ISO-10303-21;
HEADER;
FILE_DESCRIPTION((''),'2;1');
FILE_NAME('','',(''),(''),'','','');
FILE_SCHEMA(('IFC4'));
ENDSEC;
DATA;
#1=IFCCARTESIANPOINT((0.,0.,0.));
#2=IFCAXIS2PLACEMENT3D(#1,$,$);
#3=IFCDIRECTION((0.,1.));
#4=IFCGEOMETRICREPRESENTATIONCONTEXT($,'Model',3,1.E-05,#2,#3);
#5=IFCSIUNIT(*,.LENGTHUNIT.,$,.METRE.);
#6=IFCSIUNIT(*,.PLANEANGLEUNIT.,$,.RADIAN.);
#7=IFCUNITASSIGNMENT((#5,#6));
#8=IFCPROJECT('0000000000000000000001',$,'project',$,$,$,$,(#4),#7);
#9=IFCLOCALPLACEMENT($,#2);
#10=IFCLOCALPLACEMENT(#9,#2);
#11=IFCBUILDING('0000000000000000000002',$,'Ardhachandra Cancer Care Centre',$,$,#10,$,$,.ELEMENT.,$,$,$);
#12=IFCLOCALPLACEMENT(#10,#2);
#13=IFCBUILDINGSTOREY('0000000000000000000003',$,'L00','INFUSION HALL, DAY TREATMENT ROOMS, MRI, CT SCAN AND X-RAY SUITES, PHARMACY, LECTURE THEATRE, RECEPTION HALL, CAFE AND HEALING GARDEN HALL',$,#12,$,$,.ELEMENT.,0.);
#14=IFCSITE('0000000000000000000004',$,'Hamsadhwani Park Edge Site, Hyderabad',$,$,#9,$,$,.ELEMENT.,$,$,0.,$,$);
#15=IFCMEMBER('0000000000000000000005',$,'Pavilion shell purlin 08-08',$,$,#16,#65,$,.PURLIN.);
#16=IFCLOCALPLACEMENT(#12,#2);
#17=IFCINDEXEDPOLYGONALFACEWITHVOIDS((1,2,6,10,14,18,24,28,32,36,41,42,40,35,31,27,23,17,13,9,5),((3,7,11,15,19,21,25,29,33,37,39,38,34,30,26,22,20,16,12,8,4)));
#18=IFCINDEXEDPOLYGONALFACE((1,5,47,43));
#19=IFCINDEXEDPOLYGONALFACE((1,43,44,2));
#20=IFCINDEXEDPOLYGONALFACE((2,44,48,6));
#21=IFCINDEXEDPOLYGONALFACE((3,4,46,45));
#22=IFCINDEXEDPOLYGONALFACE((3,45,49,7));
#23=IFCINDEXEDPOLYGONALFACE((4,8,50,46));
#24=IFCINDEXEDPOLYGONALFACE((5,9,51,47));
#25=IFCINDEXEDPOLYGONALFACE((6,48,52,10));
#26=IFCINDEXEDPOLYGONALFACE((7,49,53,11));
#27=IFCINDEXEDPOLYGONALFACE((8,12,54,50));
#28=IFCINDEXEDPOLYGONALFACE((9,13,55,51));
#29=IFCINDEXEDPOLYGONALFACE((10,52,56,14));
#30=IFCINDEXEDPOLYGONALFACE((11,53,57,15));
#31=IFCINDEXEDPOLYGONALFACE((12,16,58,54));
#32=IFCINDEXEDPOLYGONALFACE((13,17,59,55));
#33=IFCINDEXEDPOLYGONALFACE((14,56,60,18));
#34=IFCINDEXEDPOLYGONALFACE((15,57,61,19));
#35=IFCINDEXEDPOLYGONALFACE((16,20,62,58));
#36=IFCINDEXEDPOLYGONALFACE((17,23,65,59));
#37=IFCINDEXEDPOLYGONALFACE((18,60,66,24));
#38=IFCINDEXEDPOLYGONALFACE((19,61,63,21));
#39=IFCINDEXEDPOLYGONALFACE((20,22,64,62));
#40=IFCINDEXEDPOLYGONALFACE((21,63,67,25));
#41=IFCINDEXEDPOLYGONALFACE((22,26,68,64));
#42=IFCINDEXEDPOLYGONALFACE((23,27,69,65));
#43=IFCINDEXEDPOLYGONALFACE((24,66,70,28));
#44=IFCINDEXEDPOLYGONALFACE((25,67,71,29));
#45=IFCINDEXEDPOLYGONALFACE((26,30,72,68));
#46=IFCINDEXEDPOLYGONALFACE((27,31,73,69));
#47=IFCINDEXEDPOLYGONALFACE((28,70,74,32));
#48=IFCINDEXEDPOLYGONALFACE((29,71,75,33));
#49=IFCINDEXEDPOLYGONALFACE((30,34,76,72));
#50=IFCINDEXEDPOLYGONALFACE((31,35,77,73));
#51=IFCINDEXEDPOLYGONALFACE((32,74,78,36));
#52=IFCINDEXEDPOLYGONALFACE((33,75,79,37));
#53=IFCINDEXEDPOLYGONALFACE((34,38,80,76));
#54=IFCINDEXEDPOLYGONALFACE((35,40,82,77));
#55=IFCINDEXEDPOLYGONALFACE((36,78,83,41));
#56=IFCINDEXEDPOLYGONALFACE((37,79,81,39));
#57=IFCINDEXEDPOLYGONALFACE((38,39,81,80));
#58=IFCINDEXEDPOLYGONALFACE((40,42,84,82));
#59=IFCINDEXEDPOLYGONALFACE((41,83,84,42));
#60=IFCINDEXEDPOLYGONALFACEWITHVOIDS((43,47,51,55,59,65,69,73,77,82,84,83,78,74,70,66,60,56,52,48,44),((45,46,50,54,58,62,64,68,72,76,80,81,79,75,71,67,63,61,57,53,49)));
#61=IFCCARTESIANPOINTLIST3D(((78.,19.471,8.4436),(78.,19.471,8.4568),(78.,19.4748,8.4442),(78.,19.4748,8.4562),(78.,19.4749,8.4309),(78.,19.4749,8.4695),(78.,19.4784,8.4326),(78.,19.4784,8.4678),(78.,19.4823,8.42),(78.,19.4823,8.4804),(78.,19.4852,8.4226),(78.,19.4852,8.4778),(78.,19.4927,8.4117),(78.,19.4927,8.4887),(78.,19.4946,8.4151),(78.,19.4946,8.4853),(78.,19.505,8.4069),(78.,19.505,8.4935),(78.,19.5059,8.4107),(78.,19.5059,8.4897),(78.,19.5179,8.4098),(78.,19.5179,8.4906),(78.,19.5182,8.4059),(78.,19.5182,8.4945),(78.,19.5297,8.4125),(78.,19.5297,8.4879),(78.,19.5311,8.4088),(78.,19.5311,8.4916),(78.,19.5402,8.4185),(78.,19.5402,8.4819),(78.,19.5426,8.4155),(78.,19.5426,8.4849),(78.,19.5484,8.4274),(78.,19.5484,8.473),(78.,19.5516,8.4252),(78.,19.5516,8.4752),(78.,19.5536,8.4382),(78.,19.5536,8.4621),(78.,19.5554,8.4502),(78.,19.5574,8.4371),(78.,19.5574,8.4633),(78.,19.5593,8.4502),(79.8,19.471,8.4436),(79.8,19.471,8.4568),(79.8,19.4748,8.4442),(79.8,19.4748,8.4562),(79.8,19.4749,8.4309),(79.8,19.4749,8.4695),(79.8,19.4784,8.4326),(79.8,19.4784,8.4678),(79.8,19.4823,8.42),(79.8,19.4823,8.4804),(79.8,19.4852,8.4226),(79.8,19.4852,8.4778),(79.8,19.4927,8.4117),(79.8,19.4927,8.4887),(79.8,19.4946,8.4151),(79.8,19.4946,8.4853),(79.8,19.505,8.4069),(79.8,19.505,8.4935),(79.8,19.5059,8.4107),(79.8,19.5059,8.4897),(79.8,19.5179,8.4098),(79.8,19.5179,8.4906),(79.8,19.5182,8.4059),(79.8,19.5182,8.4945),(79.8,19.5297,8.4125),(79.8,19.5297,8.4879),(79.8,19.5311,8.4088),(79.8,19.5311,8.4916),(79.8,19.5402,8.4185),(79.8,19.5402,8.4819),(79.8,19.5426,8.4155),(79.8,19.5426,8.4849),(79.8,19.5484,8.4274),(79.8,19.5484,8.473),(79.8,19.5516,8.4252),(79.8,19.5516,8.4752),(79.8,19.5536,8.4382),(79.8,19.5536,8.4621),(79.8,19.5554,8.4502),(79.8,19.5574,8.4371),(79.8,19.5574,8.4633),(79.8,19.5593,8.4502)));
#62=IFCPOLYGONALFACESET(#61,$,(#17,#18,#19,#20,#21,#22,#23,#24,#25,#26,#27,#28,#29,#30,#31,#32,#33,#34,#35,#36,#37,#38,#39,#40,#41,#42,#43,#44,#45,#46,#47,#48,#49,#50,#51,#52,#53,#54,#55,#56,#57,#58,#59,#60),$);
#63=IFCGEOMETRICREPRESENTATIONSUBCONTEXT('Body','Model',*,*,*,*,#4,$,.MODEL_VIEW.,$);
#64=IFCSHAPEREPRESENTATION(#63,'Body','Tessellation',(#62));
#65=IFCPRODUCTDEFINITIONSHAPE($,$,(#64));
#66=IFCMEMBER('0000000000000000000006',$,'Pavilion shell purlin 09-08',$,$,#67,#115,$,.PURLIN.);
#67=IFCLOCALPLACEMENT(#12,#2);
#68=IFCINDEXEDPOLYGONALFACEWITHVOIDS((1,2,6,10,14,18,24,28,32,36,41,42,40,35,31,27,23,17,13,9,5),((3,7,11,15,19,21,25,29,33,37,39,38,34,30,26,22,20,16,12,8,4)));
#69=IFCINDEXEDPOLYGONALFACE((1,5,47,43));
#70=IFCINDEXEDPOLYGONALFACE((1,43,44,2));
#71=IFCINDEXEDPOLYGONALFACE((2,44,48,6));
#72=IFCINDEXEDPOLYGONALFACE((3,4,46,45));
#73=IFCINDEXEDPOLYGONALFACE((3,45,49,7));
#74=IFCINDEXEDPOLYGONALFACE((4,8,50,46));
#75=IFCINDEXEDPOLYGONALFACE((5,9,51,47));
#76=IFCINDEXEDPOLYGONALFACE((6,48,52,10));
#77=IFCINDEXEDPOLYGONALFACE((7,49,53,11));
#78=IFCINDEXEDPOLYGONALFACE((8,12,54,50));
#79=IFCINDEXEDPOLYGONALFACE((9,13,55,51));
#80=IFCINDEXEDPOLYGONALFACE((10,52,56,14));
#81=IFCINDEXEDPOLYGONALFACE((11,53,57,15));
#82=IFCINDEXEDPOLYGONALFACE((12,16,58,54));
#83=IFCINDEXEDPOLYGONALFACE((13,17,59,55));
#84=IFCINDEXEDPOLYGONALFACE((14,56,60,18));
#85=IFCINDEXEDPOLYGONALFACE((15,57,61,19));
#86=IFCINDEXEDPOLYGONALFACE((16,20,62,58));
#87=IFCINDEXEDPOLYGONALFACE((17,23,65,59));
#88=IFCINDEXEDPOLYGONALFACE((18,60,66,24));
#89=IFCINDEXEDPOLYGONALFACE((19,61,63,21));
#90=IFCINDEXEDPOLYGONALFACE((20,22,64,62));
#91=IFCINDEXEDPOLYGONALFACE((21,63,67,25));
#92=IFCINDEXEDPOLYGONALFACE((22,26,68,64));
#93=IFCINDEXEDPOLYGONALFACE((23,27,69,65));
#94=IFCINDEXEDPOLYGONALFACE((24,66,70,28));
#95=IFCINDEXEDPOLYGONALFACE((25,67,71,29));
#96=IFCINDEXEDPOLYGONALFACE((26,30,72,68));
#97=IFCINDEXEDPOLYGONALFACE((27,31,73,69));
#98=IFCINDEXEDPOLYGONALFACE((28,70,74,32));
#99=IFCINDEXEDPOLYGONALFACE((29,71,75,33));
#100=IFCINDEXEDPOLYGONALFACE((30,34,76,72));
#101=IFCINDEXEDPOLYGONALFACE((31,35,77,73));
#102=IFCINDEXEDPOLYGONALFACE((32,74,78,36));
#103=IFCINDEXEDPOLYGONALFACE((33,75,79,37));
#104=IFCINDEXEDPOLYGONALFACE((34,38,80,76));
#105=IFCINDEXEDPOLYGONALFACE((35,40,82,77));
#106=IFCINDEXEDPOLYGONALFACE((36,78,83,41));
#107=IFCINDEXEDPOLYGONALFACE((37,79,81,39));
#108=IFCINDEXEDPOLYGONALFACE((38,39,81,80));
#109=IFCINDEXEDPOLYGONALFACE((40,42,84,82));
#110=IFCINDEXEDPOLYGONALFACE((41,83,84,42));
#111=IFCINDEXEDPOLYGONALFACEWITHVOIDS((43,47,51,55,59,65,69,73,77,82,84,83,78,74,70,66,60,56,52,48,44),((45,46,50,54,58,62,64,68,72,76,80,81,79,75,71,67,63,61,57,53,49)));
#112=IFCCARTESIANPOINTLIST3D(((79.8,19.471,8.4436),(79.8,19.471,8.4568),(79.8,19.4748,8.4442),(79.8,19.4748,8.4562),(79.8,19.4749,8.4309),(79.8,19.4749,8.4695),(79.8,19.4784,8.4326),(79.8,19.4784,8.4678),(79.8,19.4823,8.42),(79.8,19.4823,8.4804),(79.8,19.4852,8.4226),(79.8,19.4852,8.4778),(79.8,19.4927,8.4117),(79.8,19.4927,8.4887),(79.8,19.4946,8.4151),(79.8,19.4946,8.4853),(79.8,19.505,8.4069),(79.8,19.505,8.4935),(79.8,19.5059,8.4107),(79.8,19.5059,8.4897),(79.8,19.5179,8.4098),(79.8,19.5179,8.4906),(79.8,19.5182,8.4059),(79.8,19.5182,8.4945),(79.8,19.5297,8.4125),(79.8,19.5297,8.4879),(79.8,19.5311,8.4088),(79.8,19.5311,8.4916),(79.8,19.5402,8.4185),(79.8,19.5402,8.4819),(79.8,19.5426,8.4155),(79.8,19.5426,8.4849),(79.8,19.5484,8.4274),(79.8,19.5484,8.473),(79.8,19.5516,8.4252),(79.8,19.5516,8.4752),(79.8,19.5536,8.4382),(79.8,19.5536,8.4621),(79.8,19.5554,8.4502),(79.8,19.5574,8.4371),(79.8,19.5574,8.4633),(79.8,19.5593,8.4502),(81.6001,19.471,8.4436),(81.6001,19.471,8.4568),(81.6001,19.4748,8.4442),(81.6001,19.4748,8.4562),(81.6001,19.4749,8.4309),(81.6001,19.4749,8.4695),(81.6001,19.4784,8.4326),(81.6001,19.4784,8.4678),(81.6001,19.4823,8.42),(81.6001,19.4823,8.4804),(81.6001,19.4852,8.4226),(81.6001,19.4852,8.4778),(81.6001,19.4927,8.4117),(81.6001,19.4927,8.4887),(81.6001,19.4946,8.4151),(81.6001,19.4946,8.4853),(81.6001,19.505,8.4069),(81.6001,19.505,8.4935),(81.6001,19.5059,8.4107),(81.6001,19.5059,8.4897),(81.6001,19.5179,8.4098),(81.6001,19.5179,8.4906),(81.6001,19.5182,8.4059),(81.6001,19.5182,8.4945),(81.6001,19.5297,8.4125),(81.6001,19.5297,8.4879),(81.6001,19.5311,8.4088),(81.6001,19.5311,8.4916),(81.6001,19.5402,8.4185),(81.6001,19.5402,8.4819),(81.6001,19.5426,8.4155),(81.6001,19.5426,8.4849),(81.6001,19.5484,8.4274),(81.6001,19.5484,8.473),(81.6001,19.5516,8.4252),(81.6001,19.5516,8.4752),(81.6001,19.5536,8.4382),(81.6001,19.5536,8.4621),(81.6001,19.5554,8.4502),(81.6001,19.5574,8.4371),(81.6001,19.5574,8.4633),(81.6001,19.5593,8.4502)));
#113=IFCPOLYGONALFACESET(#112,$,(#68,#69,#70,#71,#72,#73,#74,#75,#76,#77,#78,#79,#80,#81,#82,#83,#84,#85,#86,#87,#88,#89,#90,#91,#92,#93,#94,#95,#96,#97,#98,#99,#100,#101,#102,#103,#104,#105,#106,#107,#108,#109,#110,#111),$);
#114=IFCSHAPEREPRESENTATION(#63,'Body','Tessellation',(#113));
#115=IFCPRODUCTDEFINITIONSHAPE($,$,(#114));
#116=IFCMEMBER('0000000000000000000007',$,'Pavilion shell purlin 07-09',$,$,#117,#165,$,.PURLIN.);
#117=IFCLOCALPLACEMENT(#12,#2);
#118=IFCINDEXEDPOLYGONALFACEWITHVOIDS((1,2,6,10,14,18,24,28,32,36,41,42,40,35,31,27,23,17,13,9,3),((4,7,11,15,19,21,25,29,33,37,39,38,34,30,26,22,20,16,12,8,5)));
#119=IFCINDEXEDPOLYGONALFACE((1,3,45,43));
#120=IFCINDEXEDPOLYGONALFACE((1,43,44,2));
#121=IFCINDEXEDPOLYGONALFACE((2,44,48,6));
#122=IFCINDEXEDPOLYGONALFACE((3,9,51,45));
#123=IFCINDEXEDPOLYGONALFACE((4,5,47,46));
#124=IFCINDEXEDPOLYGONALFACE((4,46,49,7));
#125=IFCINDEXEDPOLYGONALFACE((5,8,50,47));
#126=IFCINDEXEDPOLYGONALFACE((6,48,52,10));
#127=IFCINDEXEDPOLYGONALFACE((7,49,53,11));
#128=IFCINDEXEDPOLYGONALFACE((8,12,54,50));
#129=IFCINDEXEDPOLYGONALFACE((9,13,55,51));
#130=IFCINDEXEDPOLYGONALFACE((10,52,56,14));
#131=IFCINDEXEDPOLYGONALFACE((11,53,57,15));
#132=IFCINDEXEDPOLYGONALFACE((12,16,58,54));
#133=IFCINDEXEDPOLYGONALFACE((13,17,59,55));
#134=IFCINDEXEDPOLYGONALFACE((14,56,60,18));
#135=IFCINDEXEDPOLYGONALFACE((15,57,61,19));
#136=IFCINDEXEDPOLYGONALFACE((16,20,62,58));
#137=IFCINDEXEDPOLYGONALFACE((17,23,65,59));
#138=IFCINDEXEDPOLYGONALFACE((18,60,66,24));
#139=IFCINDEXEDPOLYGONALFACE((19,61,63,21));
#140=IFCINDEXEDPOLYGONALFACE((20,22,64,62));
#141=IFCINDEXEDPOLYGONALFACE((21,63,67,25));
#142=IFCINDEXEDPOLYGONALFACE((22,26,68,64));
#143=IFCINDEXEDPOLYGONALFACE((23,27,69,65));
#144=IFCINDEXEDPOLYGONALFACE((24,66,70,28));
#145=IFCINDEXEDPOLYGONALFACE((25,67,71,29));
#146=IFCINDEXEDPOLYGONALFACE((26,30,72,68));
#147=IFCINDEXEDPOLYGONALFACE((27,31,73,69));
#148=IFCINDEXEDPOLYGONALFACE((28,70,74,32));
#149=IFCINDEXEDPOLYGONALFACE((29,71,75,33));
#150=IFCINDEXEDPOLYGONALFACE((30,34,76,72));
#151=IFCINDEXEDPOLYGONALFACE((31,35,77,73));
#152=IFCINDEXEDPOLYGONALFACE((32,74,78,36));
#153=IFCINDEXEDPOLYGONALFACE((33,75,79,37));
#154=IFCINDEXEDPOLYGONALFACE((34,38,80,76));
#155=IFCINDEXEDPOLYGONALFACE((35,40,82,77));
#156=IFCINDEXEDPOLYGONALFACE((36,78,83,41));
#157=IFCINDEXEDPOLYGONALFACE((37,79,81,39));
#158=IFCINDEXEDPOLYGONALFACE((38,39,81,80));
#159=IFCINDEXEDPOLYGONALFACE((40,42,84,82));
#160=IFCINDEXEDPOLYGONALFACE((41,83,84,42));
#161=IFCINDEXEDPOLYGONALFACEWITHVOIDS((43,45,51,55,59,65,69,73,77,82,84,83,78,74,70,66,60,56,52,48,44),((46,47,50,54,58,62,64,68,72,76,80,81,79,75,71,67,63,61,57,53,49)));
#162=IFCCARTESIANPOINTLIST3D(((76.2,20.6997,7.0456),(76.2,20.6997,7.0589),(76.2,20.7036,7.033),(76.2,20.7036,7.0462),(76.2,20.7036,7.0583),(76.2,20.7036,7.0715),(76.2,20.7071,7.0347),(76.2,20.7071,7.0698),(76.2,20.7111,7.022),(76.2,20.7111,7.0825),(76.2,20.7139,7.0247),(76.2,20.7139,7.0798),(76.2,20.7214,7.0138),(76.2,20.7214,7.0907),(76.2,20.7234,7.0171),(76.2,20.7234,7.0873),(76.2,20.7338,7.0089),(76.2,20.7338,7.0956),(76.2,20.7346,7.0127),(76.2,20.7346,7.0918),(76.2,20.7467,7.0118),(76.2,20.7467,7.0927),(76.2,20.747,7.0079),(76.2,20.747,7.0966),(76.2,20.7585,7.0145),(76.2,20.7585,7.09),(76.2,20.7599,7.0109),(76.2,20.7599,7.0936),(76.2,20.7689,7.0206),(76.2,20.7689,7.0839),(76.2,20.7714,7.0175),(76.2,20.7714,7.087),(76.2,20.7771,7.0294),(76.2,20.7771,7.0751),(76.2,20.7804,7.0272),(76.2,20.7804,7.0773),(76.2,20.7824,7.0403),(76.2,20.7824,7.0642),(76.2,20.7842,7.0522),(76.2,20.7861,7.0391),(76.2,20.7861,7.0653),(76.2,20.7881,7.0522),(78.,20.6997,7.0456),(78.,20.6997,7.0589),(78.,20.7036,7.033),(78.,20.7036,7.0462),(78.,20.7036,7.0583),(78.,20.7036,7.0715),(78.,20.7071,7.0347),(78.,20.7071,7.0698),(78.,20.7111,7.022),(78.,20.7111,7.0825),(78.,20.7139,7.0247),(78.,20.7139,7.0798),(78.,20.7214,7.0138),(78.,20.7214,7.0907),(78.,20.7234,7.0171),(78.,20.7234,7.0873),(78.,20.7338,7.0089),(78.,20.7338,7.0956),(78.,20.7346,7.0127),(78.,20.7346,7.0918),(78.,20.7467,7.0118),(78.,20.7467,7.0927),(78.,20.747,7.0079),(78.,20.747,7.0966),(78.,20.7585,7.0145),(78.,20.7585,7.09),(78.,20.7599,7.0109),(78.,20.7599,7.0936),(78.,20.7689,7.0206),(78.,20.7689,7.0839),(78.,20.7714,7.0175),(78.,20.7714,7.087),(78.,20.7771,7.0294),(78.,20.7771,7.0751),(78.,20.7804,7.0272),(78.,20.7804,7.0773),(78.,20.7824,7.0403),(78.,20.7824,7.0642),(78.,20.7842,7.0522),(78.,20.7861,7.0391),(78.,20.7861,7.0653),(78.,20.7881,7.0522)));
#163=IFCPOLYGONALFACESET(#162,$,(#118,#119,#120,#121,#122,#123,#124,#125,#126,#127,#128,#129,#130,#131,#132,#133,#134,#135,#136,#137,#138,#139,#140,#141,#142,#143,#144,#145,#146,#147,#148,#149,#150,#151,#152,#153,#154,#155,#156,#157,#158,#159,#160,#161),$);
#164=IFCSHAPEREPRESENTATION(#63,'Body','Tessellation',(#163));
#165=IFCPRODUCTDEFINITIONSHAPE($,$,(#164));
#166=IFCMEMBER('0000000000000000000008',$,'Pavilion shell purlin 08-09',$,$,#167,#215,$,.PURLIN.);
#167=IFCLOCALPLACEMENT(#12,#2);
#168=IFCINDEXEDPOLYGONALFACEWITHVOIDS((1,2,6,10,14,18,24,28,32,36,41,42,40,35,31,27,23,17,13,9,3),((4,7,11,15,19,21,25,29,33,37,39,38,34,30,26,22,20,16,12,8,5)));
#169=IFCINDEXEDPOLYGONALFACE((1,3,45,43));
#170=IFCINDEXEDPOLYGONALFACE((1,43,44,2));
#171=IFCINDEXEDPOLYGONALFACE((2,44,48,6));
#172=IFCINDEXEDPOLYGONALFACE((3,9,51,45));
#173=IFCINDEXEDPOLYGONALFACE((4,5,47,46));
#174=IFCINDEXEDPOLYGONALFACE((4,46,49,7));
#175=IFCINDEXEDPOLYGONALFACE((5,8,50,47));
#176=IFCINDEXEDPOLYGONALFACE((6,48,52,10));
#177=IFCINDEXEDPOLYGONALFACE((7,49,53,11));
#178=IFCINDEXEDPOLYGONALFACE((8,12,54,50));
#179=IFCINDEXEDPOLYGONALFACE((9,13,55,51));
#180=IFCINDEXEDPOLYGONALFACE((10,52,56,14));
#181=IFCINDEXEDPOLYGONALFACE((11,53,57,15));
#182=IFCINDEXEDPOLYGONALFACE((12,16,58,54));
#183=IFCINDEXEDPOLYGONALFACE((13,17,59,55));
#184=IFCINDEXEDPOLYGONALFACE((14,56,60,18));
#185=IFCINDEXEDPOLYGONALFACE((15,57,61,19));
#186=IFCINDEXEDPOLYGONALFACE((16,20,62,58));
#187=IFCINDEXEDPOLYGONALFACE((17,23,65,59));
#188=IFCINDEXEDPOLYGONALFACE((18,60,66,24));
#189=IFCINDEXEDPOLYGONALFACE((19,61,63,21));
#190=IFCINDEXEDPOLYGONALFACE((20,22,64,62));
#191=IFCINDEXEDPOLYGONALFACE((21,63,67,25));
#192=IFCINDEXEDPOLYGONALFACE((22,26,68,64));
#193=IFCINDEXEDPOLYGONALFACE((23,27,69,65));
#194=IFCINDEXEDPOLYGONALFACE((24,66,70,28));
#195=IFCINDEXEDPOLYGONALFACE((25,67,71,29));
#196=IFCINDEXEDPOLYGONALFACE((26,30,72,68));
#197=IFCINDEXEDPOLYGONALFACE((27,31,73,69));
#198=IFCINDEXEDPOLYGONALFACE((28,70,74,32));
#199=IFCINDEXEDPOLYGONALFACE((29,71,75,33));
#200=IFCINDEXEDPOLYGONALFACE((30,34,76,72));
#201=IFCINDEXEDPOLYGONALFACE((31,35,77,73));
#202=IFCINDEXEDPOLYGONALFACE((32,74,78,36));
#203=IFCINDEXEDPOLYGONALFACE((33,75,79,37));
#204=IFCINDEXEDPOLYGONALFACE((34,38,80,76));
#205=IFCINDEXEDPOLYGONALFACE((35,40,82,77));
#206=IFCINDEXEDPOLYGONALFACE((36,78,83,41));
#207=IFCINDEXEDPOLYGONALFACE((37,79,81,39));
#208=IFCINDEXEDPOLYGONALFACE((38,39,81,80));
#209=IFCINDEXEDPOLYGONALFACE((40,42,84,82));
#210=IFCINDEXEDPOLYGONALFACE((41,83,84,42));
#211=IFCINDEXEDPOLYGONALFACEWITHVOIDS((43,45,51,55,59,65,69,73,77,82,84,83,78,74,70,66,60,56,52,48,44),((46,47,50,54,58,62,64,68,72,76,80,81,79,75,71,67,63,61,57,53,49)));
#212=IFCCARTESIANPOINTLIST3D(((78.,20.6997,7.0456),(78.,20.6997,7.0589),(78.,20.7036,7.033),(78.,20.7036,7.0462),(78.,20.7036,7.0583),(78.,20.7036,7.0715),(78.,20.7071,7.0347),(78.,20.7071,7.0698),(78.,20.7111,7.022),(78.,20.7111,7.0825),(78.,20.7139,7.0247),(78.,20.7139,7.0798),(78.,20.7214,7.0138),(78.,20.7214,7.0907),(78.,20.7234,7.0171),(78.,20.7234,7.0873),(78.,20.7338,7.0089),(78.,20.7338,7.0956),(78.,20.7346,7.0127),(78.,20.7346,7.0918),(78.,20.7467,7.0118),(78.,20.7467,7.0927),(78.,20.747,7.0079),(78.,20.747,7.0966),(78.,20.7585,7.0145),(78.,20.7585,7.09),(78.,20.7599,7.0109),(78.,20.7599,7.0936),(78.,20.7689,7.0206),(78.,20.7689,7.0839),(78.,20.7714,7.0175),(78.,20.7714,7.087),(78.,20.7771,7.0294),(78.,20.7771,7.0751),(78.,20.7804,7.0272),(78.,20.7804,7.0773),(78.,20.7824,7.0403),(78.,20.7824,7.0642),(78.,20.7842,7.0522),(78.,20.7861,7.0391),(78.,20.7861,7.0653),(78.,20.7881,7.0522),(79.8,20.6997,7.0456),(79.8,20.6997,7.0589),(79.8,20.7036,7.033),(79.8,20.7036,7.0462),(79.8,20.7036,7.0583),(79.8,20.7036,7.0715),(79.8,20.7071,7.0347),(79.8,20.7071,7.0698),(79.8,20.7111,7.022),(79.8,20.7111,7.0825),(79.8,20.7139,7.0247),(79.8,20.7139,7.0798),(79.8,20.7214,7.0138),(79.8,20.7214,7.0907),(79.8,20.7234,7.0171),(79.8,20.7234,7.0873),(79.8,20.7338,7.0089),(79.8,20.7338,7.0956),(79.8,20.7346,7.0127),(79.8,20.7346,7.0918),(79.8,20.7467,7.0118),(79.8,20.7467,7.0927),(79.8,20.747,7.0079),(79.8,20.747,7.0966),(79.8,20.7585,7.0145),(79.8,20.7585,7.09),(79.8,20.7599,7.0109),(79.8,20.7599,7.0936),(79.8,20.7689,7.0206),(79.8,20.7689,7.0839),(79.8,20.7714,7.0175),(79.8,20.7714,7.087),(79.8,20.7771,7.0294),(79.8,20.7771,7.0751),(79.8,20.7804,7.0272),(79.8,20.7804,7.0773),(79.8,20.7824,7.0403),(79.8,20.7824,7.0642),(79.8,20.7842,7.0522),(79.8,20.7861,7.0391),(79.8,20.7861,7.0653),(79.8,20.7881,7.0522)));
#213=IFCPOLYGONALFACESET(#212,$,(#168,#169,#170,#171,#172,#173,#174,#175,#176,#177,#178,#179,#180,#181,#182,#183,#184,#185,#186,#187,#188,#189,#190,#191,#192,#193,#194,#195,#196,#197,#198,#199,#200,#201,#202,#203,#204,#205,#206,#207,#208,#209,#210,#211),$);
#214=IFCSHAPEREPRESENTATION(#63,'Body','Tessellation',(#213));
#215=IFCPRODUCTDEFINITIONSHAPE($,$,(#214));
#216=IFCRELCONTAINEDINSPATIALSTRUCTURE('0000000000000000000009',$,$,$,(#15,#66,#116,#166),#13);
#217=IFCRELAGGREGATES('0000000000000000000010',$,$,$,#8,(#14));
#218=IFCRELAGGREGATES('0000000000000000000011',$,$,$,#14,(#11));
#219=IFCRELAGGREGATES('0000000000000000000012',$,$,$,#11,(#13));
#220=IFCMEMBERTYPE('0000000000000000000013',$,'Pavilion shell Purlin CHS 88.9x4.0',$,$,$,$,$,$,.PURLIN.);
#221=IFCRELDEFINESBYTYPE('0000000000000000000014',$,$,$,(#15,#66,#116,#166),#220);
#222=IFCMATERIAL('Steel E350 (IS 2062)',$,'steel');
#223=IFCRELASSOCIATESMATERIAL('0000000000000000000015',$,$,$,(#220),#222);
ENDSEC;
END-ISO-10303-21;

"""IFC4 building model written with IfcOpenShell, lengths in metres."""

from ifc_helpers import new_model, si_unit, direction, frame, origin, origin_2d, place, context, subcontext, project, spatial, hollow_circle, extrude, material, material_profile, profile_set, type_object, element, save


model = new_model("IFC4")

# Units and contexts
model_context = context("Model", 3, precision=1e-05, world=origin(), true_north=direction((0.0, 1.0)))
body_context = subcontext(model_context, "Body", "Model", "MODEL_VIEW")
ifc_project = project(units=[si_unit("LENGTHUNIT", "METRE"), si_unit("PLANEANGLEUNIT", "RADIAN")], contexts=[model_context])

# Site, building, storey
site_placement = place(None, origin())
site = spatial("IfcSite", under=ifc_project, at=site_placement, Name="Hamsadhwani Park Edge Site, Hyderabad", CompositionType="ELEMENT", RefElevation=0.0)
building_placement = place(site_placement, origin())
building = spatial("IfcBuilding", under=site, at=building_placement, Name="Ardhachandra Cancer Care Centre", CompositionType="ELEMENT")
storey_placement = place(building_placement, origin())
storey = spatial("IfcBuildingStorey", under=building, at=storey_placement, Name="L00", Description="INFUSION HALL, DAY TREATMENT ROOMS, MRI, CT SCAN AND X-RAY SUITES, PHARMACY, LECTURE THEATRE, RECEPTION HALL, CAFE AND HEALING GARDEN HALL", CompositionType="ELEMENT", Elevation=0.0)

# Members
ifc_material_1 = material(Name="Steel E350 (IS 2062)", Category="steel")
ifc_material_profile_1 = material_profile(ifc_material_1, hollow_circle(Radius=0.0444, WallThickness=0.0039, at=origin_2d()), Name="CHS 88.9x4.0")
ifc_profile_set_1 = profile_set([ifc_material_profile_1], Name="Steel E350 (IS 2062)")
member_type_1 = type_object("IfcMemberType", Name="Pavilion shell Purlin CHS 88.9x4.0", PredefinedType="PURLIN", material=ifc_profile_set_1)
for number, where, z_axis, x_axis, name in (
    (1, (78.0, 19.5149, 8.4502), (1.0, 0.0, 0.0), (0.0, 1.0, 0.0), "Pavilion shell purlin 08-08"),
    (2, (79.8, 19.5149, 8.4502), (1.0, 0.0, 0.0), (0.0, 1.0, 0.0), "Pavilion shell purlin 09-08"),
    (3, (76.2, 20.7437, 7.0522), (1.0, 0.0, 0.0), (0.0, 1.0, 0.0), "Pavilion shell purlin 07-09"),
    (4, (78.0, 20.7437, 7.0522), (1.0, 0.0, 0.0), (0.0, 1.0, 0.0), "Pavilion shell purlin 08-09"),
):
    element("IfcMember", number, at=place(storey_placement, frame(where, z_axis=z_axis, x_axis=x_axis)), inside=storey, type_object=member_type_1, Name=name, PredefinedType="PURLIN", context=body_context, shape_type="SweptSolid", body=[
        extrude(hollow_circle(Radius=0.0444, WallThickness=0.0039, at=origin_2d()), origin(), (0.0, 0.0, 1.0), 1.8),
    ])

save(model, "model.ifc")
